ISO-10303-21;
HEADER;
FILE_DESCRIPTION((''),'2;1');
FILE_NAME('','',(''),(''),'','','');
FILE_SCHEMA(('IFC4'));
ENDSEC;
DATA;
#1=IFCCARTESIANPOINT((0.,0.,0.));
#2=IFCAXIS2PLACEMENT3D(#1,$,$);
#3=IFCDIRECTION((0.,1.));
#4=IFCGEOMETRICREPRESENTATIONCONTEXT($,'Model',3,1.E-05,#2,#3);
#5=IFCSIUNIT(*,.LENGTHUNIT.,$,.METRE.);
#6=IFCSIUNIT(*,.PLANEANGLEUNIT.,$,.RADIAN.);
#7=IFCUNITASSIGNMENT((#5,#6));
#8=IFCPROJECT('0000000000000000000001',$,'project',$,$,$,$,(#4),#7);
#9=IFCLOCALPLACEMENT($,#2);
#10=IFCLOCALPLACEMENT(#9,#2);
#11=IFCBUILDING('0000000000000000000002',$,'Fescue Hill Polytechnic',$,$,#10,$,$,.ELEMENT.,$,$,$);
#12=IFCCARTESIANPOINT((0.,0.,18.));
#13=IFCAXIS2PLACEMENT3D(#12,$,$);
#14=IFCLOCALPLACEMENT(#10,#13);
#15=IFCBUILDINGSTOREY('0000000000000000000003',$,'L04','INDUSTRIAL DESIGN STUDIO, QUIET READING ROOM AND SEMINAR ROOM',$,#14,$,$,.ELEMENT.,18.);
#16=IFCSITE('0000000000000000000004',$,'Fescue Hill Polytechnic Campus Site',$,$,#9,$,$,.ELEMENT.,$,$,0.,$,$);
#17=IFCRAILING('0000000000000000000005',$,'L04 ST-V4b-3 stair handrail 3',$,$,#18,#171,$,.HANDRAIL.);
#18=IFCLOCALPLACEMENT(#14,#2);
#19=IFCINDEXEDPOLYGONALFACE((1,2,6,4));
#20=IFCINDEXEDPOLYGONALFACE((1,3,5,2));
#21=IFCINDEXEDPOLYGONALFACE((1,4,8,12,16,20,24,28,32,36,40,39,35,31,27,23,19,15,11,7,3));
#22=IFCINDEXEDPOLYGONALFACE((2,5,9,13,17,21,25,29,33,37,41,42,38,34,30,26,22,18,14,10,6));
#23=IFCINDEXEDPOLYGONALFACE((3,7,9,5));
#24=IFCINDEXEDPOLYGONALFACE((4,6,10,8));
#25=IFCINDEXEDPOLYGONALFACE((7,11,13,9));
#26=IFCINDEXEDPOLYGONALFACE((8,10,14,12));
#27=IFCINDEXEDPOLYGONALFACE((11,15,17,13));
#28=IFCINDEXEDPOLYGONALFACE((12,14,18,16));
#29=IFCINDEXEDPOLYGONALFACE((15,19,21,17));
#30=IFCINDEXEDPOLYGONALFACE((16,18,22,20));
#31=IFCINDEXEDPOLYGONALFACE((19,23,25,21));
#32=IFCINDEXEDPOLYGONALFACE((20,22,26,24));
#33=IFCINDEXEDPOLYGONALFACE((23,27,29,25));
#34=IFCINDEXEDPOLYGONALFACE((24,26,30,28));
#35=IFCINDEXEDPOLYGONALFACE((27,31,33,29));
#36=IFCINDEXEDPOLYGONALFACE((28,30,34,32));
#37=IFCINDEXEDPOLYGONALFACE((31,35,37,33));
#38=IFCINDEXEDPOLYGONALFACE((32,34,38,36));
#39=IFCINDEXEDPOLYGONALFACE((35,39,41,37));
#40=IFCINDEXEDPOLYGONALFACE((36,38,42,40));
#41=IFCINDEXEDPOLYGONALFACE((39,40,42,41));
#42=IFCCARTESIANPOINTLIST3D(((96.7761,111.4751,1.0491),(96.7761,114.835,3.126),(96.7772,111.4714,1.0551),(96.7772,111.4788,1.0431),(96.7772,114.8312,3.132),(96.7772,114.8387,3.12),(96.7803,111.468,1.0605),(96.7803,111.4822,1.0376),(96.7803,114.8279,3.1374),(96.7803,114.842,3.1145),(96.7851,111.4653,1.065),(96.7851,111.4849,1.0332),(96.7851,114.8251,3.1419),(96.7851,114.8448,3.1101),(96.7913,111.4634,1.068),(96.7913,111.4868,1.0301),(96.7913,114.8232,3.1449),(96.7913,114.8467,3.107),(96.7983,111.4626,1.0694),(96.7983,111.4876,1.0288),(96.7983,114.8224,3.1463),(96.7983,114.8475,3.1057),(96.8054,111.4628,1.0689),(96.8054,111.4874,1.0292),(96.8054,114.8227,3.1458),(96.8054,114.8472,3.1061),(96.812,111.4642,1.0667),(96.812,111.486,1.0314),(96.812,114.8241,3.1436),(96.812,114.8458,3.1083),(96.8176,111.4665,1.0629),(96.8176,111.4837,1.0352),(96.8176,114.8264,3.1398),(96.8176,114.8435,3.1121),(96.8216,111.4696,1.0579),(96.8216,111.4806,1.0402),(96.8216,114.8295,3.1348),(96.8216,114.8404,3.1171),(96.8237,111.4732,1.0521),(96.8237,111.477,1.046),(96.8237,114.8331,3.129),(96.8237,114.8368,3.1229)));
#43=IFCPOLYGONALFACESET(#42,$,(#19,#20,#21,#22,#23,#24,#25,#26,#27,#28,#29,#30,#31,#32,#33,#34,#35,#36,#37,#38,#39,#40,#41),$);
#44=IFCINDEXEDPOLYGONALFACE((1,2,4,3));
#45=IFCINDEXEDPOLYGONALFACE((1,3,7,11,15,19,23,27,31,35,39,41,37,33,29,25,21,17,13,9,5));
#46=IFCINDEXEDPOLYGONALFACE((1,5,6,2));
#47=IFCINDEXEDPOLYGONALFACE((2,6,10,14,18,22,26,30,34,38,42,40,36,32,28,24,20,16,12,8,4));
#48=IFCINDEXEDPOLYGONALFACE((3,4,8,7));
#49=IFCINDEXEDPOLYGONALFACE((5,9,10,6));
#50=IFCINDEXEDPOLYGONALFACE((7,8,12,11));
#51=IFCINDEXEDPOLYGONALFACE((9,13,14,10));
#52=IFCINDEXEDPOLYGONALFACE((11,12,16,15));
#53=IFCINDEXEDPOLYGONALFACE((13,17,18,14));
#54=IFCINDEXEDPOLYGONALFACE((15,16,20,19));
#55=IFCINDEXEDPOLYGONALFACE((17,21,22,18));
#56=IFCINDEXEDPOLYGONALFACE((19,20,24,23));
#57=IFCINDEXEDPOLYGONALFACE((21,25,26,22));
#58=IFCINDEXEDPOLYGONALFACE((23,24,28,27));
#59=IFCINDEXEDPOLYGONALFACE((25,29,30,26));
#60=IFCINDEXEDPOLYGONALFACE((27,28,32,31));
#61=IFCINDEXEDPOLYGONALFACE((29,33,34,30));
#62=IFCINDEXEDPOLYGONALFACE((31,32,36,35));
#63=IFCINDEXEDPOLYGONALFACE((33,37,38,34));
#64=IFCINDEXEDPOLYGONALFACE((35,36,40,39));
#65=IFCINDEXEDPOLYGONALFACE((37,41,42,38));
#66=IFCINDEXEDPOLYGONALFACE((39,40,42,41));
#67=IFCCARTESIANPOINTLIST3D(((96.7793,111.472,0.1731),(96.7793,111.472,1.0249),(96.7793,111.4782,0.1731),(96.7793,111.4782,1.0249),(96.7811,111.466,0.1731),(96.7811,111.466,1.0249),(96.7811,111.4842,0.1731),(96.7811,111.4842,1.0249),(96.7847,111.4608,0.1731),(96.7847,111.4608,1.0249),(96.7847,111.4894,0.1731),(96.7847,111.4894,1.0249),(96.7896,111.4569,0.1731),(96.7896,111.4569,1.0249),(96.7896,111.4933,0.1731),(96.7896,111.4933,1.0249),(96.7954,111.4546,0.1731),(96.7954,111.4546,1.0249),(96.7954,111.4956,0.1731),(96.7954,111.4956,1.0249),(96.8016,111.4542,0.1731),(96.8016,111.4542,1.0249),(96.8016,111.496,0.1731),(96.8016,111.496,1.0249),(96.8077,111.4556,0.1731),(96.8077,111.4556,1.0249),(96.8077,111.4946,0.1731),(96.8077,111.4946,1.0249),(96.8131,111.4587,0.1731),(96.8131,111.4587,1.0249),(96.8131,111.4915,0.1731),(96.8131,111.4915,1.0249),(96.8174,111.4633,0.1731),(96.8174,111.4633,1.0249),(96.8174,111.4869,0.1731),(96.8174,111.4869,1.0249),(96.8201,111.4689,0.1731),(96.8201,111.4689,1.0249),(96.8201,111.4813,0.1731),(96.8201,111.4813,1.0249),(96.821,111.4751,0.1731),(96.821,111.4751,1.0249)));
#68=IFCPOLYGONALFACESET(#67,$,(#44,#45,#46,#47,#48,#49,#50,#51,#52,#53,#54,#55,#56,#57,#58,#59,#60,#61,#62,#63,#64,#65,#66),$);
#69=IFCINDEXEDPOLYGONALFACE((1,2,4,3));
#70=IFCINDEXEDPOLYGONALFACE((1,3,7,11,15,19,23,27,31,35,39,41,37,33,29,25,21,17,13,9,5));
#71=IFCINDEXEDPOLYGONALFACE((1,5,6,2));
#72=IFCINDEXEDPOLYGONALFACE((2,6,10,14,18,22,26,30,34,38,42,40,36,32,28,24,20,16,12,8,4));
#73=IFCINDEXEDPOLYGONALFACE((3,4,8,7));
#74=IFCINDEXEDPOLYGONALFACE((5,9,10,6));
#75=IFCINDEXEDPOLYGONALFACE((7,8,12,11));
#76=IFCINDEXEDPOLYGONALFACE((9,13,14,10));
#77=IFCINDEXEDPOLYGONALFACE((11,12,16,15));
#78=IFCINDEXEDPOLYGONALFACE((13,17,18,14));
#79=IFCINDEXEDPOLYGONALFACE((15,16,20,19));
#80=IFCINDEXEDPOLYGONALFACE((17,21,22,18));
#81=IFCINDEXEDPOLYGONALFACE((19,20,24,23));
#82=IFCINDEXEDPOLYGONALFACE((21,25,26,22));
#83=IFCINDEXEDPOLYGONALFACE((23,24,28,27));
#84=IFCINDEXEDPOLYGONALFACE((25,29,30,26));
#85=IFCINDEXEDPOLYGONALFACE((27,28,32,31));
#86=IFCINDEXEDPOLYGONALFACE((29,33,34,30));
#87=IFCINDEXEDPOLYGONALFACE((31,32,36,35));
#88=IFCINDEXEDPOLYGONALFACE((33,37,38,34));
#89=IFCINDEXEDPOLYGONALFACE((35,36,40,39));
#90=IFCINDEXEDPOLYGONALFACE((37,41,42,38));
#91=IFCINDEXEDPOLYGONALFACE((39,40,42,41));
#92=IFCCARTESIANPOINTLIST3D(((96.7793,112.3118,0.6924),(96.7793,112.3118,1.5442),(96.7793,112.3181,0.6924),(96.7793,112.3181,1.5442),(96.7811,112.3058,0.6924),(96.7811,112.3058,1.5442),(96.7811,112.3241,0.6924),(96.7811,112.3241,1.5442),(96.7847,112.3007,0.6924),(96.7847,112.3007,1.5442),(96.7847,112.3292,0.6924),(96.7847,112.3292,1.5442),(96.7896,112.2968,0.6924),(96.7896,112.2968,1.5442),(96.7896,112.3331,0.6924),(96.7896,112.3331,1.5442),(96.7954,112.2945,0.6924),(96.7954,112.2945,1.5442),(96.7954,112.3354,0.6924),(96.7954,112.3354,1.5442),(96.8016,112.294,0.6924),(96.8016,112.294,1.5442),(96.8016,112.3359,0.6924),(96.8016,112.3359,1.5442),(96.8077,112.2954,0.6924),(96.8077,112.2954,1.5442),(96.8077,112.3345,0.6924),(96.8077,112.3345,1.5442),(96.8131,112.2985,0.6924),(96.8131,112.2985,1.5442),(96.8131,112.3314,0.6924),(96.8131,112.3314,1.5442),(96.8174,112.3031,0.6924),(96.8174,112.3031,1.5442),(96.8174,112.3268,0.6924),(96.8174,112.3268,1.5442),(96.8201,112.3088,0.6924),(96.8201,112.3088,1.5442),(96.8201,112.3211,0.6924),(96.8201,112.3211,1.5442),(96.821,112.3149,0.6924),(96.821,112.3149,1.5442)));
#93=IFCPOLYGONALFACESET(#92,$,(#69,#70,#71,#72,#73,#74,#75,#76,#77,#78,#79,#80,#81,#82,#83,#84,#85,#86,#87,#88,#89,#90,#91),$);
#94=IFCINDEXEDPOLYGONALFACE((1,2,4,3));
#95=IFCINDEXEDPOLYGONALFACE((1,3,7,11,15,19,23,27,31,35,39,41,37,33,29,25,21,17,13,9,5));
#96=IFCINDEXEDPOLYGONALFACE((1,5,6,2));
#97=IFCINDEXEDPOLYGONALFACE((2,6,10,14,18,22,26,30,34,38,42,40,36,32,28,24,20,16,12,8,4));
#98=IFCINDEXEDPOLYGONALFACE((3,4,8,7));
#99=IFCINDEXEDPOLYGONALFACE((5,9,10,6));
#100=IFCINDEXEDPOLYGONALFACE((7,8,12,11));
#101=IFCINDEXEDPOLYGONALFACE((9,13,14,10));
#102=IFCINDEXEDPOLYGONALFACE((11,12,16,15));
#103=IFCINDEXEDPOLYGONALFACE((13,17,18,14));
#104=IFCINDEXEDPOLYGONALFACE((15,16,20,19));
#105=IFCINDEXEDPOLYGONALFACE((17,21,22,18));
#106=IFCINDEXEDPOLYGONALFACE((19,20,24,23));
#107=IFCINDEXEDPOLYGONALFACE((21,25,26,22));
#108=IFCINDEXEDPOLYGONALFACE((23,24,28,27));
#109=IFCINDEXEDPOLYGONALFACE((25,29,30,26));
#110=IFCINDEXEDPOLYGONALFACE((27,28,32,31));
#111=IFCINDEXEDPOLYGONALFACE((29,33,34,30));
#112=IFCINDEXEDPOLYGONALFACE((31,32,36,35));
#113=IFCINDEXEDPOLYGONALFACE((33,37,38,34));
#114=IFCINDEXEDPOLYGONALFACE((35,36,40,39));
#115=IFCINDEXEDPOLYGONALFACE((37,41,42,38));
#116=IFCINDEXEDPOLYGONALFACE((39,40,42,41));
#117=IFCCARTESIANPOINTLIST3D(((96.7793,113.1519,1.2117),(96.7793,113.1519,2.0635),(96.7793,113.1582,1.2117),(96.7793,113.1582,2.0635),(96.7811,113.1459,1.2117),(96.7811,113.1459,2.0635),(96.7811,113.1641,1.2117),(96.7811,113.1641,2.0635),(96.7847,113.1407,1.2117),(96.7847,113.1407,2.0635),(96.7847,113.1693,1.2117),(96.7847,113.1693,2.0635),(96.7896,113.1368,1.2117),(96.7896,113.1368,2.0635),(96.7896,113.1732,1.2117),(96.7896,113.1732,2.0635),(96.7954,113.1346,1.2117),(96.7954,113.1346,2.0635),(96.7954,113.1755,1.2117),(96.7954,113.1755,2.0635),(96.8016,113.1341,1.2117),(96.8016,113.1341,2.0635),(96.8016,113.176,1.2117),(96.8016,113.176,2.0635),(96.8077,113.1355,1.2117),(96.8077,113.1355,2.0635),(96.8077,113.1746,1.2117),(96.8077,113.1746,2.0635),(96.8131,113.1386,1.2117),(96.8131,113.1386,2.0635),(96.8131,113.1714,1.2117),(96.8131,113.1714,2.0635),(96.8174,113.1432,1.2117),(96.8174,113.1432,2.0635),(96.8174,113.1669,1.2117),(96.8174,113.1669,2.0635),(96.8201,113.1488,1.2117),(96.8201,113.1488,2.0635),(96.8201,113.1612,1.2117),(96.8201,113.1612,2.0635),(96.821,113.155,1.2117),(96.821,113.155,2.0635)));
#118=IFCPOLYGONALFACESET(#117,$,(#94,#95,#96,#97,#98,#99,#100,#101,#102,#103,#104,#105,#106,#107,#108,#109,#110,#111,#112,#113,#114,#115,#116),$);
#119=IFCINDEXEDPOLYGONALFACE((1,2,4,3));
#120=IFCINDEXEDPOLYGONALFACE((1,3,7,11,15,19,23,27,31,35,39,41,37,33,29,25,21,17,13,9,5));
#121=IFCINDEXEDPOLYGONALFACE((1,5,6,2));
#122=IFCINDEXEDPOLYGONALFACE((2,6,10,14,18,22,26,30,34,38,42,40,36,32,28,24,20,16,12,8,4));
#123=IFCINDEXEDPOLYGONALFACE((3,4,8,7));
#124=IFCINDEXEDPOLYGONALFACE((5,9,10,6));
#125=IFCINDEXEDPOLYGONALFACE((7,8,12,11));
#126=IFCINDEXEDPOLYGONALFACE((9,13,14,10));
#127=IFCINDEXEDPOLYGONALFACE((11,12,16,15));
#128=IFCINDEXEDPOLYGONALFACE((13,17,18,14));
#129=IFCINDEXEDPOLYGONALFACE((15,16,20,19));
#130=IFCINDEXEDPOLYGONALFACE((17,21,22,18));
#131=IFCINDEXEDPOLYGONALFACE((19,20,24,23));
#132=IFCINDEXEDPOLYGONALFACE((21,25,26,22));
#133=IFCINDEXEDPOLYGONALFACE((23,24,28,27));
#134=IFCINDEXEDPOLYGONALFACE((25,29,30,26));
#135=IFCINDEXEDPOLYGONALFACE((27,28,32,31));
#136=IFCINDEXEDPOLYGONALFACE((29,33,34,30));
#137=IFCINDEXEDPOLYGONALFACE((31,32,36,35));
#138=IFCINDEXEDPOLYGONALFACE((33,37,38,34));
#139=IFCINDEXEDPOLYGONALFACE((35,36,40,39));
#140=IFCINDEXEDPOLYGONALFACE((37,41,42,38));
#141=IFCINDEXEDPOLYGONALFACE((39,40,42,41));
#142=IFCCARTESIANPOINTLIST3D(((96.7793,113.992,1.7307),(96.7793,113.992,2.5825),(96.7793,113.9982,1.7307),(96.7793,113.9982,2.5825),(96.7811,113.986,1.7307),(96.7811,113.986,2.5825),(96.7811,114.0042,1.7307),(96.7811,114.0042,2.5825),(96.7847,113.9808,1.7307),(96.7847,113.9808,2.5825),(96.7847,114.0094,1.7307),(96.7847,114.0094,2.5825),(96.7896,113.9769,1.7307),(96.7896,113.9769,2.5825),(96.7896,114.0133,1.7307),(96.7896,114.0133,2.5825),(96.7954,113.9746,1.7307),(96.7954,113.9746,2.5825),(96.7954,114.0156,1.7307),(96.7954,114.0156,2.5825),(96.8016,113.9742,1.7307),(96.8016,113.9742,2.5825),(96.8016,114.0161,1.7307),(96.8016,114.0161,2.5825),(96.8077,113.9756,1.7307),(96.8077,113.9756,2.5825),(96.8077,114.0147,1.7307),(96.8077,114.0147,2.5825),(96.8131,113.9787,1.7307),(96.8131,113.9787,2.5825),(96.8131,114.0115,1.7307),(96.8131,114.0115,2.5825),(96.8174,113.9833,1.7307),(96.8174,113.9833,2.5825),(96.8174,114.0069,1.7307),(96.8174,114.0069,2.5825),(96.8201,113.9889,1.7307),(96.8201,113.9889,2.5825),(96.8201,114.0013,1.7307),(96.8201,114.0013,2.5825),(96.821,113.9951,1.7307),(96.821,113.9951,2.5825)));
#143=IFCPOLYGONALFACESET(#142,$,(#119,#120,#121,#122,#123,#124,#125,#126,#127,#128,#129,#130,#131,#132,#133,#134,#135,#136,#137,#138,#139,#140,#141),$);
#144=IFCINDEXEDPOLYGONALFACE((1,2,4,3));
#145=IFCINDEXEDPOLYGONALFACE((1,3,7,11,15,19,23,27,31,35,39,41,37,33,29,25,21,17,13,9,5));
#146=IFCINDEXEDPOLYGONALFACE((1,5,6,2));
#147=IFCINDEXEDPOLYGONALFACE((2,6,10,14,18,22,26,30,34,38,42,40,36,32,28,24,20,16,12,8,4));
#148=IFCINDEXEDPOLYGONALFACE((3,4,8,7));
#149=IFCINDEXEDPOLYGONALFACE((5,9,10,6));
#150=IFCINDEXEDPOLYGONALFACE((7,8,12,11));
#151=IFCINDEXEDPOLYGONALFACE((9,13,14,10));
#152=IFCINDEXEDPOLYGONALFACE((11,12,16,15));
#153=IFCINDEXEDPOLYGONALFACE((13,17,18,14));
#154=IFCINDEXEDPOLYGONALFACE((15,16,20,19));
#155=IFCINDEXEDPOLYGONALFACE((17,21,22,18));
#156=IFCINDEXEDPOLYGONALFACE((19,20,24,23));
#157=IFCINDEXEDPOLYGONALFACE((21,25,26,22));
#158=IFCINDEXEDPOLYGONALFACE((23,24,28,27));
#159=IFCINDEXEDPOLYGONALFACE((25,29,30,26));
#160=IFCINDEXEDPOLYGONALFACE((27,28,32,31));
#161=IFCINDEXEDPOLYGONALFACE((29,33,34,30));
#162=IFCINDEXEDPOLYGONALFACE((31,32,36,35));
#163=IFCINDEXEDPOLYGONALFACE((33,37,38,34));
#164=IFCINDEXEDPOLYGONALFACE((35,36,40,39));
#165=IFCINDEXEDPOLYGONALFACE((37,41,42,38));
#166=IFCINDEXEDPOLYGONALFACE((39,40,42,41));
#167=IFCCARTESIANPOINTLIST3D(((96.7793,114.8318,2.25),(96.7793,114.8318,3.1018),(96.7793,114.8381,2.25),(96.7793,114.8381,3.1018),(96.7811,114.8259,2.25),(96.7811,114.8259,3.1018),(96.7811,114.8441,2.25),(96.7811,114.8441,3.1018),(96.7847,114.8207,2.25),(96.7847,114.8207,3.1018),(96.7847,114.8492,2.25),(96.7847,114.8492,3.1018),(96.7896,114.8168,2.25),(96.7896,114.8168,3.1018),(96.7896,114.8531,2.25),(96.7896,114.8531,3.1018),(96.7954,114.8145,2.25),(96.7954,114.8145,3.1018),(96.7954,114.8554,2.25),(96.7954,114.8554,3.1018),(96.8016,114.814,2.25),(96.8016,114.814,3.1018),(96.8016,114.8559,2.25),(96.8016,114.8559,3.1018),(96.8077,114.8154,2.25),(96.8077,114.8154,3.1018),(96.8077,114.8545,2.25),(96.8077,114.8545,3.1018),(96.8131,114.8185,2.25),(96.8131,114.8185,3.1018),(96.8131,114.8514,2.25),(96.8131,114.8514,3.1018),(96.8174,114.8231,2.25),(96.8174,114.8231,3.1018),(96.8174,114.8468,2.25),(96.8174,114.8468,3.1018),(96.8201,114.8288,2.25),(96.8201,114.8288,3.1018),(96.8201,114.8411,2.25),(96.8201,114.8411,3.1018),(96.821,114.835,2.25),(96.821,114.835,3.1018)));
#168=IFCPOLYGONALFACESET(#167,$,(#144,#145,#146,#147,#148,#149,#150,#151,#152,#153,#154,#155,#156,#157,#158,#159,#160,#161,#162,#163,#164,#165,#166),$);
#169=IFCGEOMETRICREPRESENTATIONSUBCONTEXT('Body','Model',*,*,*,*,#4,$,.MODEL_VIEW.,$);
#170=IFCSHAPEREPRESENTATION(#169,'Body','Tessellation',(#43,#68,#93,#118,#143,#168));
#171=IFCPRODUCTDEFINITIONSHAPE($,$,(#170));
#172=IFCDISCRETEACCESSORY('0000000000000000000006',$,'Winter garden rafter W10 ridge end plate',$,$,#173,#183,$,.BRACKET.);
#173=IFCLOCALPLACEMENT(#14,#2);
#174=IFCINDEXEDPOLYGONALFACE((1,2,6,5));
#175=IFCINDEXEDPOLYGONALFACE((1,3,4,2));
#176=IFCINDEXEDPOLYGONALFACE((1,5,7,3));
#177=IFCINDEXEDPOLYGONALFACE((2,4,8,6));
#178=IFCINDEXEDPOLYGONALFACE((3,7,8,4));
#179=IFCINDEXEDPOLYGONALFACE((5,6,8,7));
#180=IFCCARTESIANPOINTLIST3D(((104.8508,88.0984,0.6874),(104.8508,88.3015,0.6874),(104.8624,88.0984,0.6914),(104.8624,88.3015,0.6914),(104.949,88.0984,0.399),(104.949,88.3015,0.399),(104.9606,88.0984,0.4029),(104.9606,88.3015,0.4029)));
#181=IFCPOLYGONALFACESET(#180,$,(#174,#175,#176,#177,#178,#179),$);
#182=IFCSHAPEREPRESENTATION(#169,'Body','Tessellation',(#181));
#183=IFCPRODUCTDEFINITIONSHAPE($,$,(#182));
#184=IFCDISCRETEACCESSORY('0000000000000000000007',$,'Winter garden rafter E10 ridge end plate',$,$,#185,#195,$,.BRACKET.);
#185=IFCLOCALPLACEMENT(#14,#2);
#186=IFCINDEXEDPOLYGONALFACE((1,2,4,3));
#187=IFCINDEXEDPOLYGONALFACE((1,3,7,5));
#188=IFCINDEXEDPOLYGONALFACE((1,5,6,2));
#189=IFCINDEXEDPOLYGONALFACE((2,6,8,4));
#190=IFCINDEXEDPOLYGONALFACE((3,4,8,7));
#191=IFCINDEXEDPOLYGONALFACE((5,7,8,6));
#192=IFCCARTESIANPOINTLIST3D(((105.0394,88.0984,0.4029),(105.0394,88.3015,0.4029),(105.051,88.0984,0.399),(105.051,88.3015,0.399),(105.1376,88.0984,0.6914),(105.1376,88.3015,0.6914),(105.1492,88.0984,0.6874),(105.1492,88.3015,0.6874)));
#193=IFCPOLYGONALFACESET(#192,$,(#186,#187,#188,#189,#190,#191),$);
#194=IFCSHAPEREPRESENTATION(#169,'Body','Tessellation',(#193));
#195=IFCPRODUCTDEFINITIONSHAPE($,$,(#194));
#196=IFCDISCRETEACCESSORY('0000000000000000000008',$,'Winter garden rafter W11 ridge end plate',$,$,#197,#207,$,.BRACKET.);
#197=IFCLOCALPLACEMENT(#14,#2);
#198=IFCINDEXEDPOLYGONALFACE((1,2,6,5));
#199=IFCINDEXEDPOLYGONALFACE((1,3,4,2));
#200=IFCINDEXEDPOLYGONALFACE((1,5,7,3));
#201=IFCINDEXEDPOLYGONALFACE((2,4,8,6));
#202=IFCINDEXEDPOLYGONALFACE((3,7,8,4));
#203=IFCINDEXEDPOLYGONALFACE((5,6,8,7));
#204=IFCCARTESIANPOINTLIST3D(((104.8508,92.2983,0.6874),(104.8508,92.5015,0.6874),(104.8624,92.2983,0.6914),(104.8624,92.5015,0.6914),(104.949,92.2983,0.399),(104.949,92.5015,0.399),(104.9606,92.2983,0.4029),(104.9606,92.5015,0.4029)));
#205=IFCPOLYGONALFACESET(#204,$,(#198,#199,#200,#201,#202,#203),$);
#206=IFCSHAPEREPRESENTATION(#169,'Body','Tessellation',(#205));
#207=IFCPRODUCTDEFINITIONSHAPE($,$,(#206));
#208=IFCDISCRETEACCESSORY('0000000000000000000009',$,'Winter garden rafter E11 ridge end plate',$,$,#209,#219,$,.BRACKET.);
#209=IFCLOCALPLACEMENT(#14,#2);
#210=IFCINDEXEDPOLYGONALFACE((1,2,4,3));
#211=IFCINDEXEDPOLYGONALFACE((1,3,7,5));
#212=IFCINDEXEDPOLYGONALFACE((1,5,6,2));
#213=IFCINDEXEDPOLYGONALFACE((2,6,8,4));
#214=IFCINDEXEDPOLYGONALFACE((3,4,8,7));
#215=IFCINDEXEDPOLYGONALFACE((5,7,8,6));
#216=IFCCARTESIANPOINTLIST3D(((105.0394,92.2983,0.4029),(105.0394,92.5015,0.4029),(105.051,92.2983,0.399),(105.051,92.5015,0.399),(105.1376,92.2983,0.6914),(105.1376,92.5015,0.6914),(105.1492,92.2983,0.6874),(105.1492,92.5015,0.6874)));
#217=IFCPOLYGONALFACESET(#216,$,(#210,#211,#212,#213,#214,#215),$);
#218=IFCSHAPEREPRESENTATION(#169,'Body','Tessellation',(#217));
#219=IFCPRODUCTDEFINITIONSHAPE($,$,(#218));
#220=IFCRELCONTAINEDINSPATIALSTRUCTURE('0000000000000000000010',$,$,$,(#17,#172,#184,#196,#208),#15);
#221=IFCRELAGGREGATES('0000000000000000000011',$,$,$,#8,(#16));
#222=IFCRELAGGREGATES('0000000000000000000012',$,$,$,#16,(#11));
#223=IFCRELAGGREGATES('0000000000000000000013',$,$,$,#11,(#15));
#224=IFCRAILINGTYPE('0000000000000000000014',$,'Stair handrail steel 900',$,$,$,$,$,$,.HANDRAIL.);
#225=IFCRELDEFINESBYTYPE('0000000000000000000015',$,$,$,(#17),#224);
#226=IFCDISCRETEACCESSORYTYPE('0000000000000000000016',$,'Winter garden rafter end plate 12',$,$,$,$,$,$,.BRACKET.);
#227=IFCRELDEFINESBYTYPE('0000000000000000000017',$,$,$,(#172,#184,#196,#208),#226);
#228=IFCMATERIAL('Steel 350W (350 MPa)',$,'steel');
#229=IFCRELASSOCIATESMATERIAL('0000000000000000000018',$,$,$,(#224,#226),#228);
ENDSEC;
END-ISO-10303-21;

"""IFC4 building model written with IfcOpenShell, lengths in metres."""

from ifc_helpers import new_model, si_unit, direction, frame, origin, origin_2d, place, context, subcontext, project, spatial, rectangle, circle, extrude, material, material_profile, profile_set, type_object, element, save


model = new_model("IFC4")

# Units and contexts
model_context = context("Model", 3, precision=1e-05, world=origin(), true_north=direction((0.0, 1.0)))
body_context = subcontext(model_context, "Body", "Model", "MODEL_VIEW")
ifc_project = project(units=[si_unit("LENGTHUNIT", "METRE"), si_unit("PLANEANGLEUNIT", "RADIAN")], contexts=[model_context])

# Site, building, storey
site_placement = place(None, origin())
site = spatial("IfcSite", under=ifc_project, at=site_placement, Name="Fescue Hill Polytechnic Campus Site", CompositionType="ELEMENT", RefElevation=0.0)
building_placement = place(site_placement, origin())
building = spatial("IfcBuilding", under=site, at=building_placement, Name="Fescue Hill Polytechnic", CompositionType="ELEMENT")
storey_placement = place(building_placement, frame((0.0, 0.0, 18.0)))
storey = spatial("IfcBuildingStorey", under=building, at=storey_placement, Name="L04", Description="INDUSTRIAL DESIGN STUDIO, QUIET READING ROOM AND SEMINAR ROOM", CompositionType="ELEMENT", Elevation=18.0)

# Railing
ifc_material_1 = material(Name="Steel 350W (350 MPa)", Category="steel")
railing_type_1 = type_object("IfcRailingType", Name="Stair handrail steel 900", PredefinedType="HANDRAIL", material=ifc_material_1)
for number, where, name in (
    (1, (96.8, 111.4751, 0.1731), "L04 ST-V4b-3 stair handrail 3"),
):
    element("IfcRailing", number, at=place(storey_placement, frame(where)), inside=storey, type_object=railing_type_1, Name=name, PredefinedType="HANDRAIL", context=body_context, shape_type="SweptSolid", body=[
        extrude(circle(Radius=0.0239, at=origin_2d()), frame((0.0, 0.0, 0.876), z_axis=(0.0, 0.850606, 0.525803), x_axis=(-1.0, 0.0, 0.0)), (0.0, 0.0, 1.0), 3.95),
        extrude(circle(Radius=0.021, at=origin_2d()), origin(), (0.0, 0.0, 1.0), 0.8518),
        extrude(circle(Radius=0.021, at=origin_2d()), frame((0.0, 0.8398, 0.5193)), (0.0, 0.0, 1.0), 0.8518),
        extrude(circle(Radius=0.021, at=origin_2d()), frame((0.0, 1.6799, 1.0386)), (0.0, 0.0, 1.0), 0.8518),
        extrude(circle(Radius=0.021, at=origin_2d()), frame((0.0, 2.52, 1.5576)), (0.0, 0.0, 1.0), 0.8518),
        extrude(circle(Radius=0.021, at=origin_2d()), frame((0.0, 3.3599, 2.0769)), (0.0, 0.0, 1.0), 0.8518),
    ])

# Discrete accessories
ifc_material_profile_1 = material_profile(ifc_material_1, rectangle(XDim=0.2031, YDim=0.3047, at=origin_2d()), Name="Winter garden rafter end plate 12")
ifc_profile_set_1 = profile_set([ifc_material_profile_1], Name="Steel 350W (350 MPa)")
discrete_accessory_type = type_object("IfcDiscreteAccessoryType", Name="Winter garden rafter end plate 12", PredefinedType="BRACKET", material=ifc_profile_set_1)
for number, where, z_axis, x_axis, name in (
    (2, (104.8999, 88.2, 0.5432), (0.94665, 0.0, 0.322264), (0.0, 1.0, 0.0), "Winter garden rafter W10 ridge end plate"),
    (3, (105.1001, 88.2, 0.5432), (-0.94665, 0.0, 0.322264), (0.0, -1.0, 0.0), "Winter garden rafter E10 ridge end plate"),
    (4, (104.8999, 92.3999, 0.5432), (0.94665, 0.0, 0.322264), (0.0, 1.0, 0.0), "Winter garden rafter W11 ridge end plate"),
    (5, (105.1001, 92.3999, 0.5432), (-0.94665, 0.0, 0.322264), (0.0, -1.0, 0.0), "Winter garden rafter E11 ridge end plate"),
):
    element("IfcDiscreteAccessory", number, at=place(storey_placement, frame(where, z_axis=z_axis, x_axis=x_axis)), inside=storey, type_object=discrete_accessory_type, Name=name, PredefinedType="BRACKET", context=body_context, shape_type="SweptSolid", body=[
        extrude(rectangle(XDim=0.2031, YDim=0.3047, at=origin_2d()), origin(), (0.0, 0.0, 1.0), 0.0122),
    ])

save(model, "model.ifc")
